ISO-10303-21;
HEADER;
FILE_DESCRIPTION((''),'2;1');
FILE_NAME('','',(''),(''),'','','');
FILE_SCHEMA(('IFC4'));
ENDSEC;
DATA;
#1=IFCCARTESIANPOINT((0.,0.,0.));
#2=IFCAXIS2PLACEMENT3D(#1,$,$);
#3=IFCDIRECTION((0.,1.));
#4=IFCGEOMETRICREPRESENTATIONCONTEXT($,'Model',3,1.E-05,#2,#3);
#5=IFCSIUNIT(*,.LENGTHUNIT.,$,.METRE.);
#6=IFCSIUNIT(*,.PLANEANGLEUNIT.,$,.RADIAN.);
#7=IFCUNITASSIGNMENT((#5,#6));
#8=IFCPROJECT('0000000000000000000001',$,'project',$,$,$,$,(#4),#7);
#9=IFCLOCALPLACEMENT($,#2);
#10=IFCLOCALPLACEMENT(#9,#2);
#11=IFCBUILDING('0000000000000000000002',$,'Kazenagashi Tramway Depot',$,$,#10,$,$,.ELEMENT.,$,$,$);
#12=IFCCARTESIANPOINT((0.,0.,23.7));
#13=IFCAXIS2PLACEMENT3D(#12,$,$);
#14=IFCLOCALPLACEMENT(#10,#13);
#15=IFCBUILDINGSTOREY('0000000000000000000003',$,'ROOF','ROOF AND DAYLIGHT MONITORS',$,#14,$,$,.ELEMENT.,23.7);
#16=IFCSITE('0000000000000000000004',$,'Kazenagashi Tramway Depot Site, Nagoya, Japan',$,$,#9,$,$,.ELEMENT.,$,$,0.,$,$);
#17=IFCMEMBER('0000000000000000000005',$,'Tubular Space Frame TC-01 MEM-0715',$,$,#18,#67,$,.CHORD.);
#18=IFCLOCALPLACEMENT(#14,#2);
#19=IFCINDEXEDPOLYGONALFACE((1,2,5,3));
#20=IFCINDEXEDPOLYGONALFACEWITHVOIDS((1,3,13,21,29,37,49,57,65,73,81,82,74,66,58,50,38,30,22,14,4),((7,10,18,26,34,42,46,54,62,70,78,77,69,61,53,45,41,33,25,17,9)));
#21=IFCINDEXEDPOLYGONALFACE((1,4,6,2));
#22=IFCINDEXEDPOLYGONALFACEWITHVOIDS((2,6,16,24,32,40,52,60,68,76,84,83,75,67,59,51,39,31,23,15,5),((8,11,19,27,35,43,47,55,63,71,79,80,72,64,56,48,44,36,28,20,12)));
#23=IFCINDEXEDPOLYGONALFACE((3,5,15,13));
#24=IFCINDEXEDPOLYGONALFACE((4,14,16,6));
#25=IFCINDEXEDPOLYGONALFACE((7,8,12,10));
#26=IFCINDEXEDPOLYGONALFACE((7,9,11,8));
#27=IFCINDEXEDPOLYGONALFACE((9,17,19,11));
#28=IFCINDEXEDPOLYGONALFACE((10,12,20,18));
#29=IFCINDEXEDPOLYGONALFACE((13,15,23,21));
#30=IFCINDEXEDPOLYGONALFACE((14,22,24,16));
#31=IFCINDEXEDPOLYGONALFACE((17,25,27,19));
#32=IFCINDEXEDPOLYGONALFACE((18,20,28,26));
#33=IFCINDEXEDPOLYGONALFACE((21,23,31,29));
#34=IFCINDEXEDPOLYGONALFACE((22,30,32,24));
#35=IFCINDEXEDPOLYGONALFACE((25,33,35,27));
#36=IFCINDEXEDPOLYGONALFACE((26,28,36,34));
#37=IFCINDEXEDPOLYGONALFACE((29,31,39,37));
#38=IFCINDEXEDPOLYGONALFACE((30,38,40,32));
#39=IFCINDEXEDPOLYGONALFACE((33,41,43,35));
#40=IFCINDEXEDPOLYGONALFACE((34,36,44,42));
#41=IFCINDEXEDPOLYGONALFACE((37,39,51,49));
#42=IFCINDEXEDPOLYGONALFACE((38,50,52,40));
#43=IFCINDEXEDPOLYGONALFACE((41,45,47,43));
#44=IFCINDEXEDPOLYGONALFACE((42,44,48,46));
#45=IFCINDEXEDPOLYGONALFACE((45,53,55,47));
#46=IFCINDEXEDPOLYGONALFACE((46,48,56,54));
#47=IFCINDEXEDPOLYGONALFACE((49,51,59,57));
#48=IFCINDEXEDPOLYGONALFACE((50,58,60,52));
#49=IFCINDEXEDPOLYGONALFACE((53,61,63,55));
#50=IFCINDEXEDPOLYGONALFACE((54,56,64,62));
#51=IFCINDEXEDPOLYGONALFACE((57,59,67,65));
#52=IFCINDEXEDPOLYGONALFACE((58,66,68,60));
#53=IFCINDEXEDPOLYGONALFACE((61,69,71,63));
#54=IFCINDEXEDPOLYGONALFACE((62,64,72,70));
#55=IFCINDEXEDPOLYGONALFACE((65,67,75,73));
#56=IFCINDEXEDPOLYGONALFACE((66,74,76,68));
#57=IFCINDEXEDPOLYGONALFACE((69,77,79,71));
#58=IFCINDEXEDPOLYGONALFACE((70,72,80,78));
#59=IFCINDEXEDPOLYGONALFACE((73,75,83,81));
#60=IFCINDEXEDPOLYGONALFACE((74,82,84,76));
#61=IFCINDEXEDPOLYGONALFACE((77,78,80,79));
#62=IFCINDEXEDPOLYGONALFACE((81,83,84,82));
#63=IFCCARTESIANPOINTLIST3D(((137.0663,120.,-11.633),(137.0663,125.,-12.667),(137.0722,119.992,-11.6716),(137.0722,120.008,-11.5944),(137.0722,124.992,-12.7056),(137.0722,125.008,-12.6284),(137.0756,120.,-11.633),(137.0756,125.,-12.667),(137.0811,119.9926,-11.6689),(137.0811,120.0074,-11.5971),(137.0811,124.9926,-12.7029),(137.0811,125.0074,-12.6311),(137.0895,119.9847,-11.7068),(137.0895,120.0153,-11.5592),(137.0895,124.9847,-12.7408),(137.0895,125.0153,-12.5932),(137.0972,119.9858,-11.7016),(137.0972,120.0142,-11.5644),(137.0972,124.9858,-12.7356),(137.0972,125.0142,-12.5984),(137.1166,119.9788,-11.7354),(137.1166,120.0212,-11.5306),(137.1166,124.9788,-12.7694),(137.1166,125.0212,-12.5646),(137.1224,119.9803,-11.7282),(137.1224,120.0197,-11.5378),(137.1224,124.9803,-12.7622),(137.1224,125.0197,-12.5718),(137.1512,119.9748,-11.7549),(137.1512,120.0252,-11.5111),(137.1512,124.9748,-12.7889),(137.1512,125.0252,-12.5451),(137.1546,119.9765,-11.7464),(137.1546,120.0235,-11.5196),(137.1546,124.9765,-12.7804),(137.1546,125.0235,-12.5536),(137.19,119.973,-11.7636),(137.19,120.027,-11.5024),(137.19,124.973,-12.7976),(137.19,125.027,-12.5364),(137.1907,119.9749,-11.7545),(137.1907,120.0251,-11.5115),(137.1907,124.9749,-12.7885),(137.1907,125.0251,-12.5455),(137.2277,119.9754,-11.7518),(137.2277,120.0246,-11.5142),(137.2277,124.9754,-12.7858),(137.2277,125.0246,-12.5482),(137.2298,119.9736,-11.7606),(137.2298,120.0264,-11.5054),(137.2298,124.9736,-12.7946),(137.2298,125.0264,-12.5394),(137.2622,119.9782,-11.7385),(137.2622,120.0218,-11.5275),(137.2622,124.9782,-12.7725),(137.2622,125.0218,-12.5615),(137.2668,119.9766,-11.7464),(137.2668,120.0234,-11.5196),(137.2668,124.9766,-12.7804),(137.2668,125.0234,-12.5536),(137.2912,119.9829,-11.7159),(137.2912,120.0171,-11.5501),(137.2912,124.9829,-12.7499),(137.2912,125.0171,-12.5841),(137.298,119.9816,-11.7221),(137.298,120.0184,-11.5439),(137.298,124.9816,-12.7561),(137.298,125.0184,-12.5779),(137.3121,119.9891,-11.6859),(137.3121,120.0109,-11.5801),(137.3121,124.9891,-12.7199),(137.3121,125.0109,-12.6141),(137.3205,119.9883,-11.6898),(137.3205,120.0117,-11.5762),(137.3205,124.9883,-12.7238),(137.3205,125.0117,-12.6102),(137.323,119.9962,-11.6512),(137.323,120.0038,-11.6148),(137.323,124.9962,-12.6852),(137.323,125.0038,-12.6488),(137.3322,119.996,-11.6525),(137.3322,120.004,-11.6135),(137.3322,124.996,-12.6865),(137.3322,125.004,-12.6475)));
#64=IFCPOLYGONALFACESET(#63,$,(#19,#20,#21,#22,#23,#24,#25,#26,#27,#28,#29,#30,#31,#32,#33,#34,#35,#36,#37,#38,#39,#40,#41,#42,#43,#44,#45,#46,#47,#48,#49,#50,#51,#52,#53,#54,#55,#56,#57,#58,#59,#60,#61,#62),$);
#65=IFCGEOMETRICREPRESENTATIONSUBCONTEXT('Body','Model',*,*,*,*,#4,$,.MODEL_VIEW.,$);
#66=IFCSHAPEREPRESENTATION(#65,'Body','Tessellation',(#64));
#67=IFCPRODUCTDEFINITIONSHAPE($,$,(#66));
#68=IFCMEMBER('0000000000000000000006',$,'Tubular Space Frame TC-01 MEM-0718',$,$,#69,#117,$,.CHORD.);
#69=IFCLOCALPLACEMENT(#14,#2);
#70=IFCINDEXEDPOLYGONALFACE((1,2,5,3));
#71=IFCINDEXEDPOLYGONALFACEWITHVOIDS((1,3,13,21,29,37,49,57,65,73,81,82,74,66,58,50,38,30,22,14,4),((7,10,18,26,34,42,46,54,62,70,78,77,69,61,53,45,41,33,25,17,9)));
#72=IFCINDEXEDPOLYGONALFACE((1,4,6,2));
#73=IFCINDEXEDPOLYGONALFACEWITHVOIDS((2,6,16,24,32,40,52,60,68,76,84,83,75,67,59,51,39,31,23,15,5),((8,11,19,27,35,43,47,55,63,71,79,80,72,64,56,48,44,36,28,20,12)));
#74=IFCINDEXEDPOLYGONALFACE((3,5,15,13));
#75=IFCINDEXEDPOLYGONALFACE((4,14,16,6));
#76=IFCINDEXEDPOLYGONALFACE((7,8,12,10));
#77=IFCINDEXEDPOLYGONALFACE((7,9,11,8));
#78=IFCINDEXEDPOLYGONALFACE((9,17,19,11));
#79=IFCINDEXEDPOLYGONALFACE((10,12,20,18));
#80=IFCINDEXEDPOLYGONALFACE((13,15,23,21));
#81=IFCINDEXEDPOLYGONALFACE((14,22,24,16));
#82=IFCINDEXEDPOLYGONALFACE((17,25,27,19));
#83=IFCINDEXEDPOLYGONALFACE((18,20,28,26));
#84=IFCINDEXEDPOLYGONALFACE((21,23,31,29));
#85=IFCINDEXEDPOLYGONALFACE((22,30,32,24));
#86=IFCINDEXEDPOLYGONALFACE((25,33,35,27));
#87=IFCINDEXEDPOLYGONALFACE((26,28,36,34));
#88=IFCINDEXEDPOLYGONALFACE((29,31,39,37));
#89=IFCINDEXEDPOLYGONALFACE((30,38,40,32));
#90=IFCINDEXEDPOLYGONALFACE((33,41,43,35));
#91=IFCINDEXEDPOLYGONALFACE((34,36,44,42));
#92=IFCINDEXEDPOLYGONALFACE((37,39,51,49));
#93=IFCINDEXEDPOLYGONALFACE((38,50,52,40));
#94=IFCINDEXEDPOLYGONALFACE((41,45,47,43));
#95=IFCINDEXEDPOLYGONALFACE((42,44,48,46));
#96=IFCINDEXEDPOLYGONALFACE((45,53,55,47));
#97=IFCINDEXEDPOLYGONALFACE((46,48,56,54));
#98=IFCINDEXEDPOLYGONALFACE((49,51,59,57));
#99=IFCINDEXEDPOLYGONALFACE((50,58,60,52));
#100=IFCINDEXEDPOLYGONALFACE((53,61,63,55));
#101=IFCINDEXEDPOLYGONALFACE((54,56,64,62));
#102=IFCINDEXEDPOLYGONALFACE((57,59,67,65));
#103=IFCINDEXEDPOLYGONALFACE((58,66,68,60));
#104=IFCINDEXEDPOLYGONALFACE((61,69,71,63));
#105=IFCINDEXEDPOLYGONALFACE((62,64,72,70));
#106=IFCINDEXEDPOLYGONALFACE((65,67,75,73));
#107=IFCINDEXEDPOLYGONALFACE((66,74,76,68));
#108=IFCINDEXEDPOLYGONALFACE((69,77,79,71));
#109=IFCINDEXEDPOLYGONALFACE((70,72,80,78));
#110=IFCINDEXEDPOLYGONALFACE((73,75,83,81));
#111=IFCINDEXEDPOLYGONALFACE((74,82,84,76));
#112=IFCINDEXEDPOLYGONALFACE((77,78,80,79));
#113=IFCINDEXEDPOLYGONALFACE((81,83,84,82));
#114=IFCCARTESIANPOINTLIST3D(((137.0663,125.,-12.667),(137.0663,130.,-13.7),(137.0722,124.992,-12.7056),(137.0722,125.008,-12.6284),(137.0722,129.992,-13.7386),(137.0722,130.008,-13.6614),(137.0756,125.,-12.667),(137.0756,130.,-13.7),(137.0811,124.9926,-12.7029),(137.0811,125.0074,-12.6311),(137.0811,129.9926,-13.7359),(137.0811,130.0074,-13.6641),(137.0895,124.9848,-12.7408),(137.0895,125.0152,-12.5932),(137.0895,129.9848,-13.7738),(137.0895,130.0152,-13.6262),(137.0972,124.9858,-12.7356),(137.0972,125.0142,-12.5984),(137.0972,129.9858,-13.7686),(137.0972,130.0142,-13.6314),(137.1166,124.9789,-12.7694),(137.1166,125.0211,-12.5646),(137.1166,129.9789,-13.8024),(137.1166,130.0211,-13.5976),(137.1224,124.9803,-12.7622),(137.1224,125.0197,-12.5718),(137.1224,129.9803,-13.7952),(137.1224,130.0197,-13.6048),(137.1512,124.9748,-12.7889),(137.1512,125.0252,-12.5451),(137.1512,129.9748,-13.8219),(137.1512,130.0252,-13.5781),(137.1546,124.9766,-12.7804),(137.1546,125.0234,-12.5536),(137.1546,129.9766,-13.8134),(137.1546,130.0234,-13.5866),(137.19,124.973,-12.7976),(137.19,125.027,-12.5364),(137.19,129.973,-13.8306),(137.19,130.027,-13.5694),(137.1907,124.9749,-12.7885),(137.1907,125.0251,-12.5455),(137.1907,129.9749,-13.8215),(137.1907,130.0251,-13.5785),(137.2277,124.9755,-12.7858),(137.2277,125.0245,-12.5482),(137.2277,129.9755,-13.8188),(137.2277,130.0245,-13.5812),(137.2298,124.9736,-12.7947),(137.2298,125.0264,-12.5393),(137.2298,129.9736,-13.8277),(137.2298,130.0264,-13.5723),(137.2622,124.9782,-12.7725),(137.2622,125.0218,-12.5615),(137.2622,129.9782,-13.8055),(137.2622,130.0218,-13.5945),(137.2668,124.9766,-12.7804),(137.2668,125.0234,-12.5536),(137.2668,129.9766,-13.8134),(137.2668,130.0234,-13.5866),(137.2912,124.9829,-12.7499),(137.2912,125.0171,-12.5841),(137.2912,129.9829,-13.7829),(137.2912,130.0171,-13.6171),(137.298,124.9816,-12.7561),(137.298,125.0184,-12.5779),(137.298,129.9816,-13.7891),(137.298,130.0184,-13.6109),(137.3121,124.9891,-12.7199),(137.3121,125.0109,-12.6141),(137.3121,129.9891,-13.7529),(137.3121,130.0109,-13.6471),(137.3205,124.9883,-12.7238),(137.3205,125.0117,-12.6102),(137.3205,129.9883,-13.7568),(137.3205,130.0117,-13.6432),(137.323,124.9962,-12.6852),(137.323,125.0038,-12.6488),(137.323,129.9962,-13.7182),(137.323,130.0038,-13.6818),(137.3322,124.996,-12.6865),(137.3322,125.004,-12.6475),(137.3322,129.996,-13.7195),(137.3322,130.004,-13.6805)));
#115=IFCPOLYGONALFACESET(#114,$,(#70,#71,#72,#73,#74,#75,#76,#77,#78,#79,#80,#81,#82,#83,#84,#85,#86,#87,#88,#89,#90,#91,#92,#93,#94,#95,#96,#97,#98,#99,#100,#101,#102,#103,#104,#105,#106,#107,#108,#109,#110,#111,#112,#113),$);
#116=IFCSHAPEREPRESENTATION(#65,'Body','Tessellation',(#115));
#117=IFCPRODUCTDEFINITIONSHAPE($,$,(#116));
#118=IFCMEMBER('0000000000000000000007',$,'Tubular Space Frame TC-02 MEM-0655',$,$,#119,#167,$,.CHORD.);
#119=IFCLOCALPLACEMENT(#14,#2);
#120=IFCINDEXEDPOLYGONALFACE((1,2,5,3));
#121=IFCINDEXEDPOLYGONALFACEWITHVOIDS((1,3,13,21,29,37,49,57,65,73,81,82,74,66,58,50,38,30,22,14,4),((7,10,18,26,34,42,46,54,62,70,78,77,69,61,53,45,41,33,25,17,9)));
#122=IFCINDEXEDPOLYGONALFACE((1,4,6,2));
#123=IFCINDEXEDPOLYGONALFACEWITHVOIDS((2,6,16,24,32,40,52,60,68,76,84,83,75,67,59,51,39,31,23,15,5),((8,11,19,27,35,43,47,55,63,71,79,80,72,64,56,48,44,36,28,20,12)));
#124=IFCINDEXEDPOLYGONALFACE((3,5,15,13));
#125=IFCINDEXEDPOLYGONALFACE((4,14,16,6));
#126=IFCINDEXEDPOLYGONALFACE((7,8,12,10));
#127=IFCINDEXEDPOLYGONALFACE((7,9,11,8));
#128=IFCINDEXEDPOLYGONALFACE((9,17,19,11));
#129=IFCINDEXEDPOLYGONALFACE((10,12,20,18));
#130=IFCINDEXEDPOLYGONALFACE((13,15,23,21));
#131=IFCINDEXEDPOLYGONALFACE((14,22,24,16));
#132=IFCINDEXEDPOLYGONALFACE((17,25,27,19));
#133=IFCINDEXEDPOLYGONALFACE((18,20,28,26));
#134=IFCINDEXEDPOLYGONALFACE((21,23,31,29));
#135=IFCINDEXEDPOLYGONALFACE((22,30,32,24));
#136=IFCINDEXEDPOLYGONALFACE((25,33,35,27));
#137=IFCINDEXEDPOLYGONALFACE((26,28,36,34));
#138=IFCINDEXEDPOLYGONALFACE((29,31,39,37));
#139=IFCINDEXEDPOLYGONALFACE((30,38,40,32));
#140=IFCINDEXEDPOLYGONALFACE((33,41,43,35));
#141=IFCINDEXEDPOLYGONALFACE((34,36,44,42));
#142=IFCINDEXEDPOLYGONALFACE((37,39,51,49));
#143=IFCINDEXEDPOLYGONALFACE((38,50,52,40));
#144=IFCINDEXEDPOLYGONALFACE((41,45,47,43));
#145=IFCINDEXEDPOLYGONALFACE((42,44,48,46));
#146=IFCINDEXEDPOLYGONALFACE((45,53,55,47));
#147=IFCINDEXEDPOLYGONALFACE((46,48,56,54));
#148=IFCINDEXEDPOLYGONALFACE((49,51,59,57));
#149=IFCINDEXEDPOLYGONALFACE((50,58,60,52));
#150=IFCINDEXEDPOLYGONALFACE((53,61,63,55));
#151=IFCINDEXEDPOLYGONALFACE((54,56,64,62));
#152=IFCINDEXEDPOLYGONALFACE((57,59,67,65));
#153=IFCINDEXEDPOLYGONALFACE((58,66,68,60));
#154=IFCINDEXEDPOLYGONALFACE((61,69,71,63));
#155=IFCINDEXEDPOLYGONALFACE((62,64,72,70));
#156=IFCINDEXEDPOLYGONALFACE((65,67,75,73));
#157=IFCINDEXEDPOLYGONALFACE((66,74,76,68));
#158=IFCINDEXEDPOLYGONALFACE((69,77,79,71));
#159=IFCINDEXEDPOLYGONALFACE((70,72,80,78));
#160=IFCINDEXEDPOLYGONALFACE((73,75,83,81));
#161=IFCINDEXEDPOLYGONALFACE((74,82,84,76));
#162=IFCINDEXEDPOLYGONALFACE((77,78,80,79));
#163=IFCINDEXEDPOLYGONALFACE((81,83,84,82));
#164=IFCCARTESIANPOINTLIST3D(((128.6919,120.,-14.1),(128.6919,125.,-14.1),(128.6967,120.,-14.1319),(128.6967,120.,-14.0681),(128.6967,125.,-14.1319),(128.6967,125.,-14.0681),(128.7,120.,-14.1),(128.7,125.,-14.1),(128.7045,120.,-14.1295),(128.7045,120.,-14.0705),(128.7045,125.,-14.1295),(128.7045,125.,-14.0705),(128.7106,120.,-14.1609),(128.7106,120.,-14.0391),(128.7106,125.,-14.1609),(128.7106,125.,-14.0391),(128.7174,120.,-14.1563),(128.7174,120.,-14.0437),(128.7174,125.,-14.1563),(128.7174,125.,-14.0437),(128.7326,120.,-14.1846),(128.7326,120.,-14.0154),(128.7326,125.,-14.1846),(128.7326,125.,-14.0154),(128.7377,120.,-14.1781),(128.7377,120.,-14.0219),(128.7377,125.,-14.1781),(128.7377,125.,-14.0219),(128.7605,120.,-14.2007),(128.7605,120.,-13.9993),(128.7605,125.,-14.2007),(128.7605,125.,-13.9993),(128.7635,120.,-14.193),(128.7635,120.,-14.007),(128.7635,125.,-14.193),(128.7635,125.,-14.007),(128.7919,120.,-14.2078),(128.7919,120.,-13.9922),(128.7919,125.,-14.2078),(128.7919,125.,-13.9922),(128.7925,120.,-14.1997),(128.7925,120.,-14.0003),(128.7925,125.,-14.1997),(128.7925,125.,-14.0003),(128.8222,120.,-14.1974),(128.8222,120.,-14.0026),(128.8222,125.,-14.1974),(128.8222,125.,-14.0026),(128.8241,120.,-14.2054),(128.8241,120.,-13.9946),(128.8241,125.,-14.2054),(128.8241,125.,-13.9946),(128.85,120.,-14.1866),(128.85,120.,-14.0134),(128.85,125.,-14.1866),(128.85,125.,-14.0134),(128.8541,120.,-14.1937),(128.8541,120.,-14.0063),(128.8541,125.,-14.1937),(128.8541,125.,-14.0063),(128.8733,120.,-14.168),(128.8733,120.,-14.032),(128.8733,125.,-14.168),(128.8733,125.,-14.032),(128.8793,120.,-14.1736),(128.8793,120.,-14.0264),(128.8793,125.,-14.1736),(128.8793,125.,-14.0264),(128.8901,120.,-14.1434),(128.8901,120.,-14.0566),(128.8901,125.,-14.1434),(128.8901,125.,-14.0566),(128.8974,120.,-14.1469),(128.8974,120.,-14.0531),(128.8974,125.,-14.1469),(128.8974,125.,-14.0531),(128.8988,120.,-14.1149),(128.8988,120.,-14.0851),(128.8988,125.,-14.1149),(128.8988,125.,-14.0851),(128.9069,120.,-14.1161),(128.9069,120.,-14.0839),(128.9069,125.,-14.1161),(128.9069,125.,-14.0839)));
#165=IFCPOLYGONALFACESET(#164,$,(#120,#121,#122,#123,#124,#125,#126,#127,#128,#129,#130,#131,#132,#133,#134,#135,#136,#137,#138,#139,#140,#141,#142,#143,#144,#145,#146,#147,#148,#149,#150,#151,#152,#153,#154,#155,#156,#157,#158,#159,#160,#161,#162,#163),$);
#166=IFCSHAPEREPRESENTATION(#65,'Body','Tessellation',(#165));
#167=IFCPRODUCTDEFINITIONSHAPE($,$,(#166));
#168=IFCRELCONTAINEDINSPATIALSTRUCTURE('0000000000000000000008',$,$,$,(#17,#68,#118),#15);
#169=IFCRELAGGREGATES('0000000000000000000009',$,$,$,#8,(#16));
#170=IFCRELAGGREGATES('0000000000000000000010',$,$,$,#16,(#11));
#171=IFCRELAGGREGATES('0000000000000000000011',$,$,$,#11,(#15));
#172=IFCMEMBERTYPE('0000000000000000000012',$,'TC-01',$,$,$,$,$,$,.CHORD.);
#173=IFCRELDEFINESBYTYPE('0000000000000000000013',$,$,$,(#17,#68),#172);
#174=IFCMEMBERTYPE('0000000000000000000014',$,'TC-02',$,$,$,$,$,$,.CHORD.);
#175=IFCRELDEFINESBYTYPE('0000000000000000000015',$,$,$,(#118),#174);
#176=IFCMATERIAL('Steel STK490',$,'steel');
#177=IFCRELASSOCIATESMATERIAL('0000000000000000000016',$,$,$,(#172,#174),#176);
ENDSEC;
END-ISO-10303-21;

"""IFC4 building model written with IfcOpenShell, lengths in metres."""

from ifc_helpers import new_model, si_unit, direction, frame, origin, origin_2d, place, context, subcontext, project, spatial, hollow_circle, extrude, material, material_profile, profile_set, type_object, element, save


model = new_model("IFC4")

# Units and contexts
model_context = context("Model", 3, precision=1e-05, world=origin(), true_north=direction((0.0, 1.0)))
body_context = subcontext(model_context, "Body", "Model", "MODEL_VIEW")
ifc_project = project(units=[si_unit("LENGTHUNIT", "METRE"), si_unit("PLANEANGLEUNIT", "RADIAN")], contexts=[model_context])

# Site, building, storey
site_placement = place(None, origin())
site = spatial("IfcSite", under=ifc_project, at=site_placement, Name="Kazenagashi Tramway Depot Site, Nagoya, Japan", CompositionType="ELEMENT", RefElevation=0.0)
building_placement = place(site_placement, origin())
building = spatial("IfcBuilding", under=site, at=building_placement, Name="Kazenagashi Tramway Depot", CompositionType="ELEMENT")
storey_placement = place(building_placement, frame((0.0, 0.0, 23.7)))
storey = spatial("IfcBuildingStorey", under=building, at=storey_placement, Name="ROOF", Description="ROOF AND DAYLIGHT MONITORS", CompositionType="ELEMENT", Elevation=23.7)

# Members
ifc_material_1 = material(Name="Steel STK490", Category="steel")
ifc_material_profile_1 = material_profile(ifc_material_1, hollow_circle(Radius=0.1337, WallThickness=0.0093, at=origin_2d()), Name="CHS-267.4x9.3")
ifc_profile_set_1 = profile_set([ifc_material_profile_1], Name="Steel STK490")
member_type_1 = type_object("IfcMemberType", Name="TC-01", PredefinedType="CHORD", material=ifc_profile_set_1)
member_1_placement = place(storey_placement, frame((137.2, 120.0, -11.633), z_axis=(0.0, 0.979279, -0.202515), x_axis=(-1.0, 0.0, 0.0)))
element("IfcMember", 1, at=member_1_placement, inside=storey, type_object=member_type_1, Name="Tubular Space Frame TC-01 MEM-0715", PredefinedType="CHORD", context=body_context, shape_type="SweptSolid", body=[
    extrude(hollow_circle(Radius=0.1337, WallThickness=0.0093, at=origin_2d()), origin(), (0.0, 0.0, 1.0), 5.1058),
])
member_2_placement = place(storey_placement, frame((137.2, 125.0, -12.667), z_axis=(0.0, 0.979318, -0.202327), x_axis=(-1.0, 0.0, 0.0)))
element("IfcMember", 2, at=member_2_placement, inside=storey, type_object=member_type_1, Name="Tubular Space Frame TC-01 MEM-0718", PredefinedType="CHORD", context=body_context, shape_type="SweptSolid", body=[
    extrude(hollow_circle(Radius=0.1337, WallThickness=0.0093, at=origin_2d()), origin(), (0.0, 0.0, 1.0), 5.1056),
])
ifc_material_profile_2 = material_profile(ifc_material_1, hollow_circle(Radius=0.1081, WallThickness=0.0082, at=origin_2d()), Name="CHS-216.3x8.2")
ifc_profile_set_2 = profile_set([ifc_material_profile_2], Name="Steel STK490")
member_type_2 = type_object("IfcMemberType", Name="TC-02", PredefinedType="CHORD", material=ifc_profile_set_2)
for number, where, z_axis, x_axis, name in (
    (3, (128.8, 120.0, -14.1), (0.0, 1.0, 0.0), (-1.0, 0.0, 0.0), "Tubular Space Frame TC-02 MEM-0655"),
):
    element("IfcMember", number, at=place(storey_placement, frame(where, z_axis=z_axis, x_axis=x_axis)), inside=storey, type_object=member_type_2, Name=name, PredefinedType="CHORD", context=body_context, shape_type="SweptSolid", body=[
        extrude(hollow_circle(Radius=0.1081, WallThickness=0.0082, at=origin_2d()), origin(), (0.0, 0.0, 1.0), 5.0),
    ])

save(model, "model.ifc")
